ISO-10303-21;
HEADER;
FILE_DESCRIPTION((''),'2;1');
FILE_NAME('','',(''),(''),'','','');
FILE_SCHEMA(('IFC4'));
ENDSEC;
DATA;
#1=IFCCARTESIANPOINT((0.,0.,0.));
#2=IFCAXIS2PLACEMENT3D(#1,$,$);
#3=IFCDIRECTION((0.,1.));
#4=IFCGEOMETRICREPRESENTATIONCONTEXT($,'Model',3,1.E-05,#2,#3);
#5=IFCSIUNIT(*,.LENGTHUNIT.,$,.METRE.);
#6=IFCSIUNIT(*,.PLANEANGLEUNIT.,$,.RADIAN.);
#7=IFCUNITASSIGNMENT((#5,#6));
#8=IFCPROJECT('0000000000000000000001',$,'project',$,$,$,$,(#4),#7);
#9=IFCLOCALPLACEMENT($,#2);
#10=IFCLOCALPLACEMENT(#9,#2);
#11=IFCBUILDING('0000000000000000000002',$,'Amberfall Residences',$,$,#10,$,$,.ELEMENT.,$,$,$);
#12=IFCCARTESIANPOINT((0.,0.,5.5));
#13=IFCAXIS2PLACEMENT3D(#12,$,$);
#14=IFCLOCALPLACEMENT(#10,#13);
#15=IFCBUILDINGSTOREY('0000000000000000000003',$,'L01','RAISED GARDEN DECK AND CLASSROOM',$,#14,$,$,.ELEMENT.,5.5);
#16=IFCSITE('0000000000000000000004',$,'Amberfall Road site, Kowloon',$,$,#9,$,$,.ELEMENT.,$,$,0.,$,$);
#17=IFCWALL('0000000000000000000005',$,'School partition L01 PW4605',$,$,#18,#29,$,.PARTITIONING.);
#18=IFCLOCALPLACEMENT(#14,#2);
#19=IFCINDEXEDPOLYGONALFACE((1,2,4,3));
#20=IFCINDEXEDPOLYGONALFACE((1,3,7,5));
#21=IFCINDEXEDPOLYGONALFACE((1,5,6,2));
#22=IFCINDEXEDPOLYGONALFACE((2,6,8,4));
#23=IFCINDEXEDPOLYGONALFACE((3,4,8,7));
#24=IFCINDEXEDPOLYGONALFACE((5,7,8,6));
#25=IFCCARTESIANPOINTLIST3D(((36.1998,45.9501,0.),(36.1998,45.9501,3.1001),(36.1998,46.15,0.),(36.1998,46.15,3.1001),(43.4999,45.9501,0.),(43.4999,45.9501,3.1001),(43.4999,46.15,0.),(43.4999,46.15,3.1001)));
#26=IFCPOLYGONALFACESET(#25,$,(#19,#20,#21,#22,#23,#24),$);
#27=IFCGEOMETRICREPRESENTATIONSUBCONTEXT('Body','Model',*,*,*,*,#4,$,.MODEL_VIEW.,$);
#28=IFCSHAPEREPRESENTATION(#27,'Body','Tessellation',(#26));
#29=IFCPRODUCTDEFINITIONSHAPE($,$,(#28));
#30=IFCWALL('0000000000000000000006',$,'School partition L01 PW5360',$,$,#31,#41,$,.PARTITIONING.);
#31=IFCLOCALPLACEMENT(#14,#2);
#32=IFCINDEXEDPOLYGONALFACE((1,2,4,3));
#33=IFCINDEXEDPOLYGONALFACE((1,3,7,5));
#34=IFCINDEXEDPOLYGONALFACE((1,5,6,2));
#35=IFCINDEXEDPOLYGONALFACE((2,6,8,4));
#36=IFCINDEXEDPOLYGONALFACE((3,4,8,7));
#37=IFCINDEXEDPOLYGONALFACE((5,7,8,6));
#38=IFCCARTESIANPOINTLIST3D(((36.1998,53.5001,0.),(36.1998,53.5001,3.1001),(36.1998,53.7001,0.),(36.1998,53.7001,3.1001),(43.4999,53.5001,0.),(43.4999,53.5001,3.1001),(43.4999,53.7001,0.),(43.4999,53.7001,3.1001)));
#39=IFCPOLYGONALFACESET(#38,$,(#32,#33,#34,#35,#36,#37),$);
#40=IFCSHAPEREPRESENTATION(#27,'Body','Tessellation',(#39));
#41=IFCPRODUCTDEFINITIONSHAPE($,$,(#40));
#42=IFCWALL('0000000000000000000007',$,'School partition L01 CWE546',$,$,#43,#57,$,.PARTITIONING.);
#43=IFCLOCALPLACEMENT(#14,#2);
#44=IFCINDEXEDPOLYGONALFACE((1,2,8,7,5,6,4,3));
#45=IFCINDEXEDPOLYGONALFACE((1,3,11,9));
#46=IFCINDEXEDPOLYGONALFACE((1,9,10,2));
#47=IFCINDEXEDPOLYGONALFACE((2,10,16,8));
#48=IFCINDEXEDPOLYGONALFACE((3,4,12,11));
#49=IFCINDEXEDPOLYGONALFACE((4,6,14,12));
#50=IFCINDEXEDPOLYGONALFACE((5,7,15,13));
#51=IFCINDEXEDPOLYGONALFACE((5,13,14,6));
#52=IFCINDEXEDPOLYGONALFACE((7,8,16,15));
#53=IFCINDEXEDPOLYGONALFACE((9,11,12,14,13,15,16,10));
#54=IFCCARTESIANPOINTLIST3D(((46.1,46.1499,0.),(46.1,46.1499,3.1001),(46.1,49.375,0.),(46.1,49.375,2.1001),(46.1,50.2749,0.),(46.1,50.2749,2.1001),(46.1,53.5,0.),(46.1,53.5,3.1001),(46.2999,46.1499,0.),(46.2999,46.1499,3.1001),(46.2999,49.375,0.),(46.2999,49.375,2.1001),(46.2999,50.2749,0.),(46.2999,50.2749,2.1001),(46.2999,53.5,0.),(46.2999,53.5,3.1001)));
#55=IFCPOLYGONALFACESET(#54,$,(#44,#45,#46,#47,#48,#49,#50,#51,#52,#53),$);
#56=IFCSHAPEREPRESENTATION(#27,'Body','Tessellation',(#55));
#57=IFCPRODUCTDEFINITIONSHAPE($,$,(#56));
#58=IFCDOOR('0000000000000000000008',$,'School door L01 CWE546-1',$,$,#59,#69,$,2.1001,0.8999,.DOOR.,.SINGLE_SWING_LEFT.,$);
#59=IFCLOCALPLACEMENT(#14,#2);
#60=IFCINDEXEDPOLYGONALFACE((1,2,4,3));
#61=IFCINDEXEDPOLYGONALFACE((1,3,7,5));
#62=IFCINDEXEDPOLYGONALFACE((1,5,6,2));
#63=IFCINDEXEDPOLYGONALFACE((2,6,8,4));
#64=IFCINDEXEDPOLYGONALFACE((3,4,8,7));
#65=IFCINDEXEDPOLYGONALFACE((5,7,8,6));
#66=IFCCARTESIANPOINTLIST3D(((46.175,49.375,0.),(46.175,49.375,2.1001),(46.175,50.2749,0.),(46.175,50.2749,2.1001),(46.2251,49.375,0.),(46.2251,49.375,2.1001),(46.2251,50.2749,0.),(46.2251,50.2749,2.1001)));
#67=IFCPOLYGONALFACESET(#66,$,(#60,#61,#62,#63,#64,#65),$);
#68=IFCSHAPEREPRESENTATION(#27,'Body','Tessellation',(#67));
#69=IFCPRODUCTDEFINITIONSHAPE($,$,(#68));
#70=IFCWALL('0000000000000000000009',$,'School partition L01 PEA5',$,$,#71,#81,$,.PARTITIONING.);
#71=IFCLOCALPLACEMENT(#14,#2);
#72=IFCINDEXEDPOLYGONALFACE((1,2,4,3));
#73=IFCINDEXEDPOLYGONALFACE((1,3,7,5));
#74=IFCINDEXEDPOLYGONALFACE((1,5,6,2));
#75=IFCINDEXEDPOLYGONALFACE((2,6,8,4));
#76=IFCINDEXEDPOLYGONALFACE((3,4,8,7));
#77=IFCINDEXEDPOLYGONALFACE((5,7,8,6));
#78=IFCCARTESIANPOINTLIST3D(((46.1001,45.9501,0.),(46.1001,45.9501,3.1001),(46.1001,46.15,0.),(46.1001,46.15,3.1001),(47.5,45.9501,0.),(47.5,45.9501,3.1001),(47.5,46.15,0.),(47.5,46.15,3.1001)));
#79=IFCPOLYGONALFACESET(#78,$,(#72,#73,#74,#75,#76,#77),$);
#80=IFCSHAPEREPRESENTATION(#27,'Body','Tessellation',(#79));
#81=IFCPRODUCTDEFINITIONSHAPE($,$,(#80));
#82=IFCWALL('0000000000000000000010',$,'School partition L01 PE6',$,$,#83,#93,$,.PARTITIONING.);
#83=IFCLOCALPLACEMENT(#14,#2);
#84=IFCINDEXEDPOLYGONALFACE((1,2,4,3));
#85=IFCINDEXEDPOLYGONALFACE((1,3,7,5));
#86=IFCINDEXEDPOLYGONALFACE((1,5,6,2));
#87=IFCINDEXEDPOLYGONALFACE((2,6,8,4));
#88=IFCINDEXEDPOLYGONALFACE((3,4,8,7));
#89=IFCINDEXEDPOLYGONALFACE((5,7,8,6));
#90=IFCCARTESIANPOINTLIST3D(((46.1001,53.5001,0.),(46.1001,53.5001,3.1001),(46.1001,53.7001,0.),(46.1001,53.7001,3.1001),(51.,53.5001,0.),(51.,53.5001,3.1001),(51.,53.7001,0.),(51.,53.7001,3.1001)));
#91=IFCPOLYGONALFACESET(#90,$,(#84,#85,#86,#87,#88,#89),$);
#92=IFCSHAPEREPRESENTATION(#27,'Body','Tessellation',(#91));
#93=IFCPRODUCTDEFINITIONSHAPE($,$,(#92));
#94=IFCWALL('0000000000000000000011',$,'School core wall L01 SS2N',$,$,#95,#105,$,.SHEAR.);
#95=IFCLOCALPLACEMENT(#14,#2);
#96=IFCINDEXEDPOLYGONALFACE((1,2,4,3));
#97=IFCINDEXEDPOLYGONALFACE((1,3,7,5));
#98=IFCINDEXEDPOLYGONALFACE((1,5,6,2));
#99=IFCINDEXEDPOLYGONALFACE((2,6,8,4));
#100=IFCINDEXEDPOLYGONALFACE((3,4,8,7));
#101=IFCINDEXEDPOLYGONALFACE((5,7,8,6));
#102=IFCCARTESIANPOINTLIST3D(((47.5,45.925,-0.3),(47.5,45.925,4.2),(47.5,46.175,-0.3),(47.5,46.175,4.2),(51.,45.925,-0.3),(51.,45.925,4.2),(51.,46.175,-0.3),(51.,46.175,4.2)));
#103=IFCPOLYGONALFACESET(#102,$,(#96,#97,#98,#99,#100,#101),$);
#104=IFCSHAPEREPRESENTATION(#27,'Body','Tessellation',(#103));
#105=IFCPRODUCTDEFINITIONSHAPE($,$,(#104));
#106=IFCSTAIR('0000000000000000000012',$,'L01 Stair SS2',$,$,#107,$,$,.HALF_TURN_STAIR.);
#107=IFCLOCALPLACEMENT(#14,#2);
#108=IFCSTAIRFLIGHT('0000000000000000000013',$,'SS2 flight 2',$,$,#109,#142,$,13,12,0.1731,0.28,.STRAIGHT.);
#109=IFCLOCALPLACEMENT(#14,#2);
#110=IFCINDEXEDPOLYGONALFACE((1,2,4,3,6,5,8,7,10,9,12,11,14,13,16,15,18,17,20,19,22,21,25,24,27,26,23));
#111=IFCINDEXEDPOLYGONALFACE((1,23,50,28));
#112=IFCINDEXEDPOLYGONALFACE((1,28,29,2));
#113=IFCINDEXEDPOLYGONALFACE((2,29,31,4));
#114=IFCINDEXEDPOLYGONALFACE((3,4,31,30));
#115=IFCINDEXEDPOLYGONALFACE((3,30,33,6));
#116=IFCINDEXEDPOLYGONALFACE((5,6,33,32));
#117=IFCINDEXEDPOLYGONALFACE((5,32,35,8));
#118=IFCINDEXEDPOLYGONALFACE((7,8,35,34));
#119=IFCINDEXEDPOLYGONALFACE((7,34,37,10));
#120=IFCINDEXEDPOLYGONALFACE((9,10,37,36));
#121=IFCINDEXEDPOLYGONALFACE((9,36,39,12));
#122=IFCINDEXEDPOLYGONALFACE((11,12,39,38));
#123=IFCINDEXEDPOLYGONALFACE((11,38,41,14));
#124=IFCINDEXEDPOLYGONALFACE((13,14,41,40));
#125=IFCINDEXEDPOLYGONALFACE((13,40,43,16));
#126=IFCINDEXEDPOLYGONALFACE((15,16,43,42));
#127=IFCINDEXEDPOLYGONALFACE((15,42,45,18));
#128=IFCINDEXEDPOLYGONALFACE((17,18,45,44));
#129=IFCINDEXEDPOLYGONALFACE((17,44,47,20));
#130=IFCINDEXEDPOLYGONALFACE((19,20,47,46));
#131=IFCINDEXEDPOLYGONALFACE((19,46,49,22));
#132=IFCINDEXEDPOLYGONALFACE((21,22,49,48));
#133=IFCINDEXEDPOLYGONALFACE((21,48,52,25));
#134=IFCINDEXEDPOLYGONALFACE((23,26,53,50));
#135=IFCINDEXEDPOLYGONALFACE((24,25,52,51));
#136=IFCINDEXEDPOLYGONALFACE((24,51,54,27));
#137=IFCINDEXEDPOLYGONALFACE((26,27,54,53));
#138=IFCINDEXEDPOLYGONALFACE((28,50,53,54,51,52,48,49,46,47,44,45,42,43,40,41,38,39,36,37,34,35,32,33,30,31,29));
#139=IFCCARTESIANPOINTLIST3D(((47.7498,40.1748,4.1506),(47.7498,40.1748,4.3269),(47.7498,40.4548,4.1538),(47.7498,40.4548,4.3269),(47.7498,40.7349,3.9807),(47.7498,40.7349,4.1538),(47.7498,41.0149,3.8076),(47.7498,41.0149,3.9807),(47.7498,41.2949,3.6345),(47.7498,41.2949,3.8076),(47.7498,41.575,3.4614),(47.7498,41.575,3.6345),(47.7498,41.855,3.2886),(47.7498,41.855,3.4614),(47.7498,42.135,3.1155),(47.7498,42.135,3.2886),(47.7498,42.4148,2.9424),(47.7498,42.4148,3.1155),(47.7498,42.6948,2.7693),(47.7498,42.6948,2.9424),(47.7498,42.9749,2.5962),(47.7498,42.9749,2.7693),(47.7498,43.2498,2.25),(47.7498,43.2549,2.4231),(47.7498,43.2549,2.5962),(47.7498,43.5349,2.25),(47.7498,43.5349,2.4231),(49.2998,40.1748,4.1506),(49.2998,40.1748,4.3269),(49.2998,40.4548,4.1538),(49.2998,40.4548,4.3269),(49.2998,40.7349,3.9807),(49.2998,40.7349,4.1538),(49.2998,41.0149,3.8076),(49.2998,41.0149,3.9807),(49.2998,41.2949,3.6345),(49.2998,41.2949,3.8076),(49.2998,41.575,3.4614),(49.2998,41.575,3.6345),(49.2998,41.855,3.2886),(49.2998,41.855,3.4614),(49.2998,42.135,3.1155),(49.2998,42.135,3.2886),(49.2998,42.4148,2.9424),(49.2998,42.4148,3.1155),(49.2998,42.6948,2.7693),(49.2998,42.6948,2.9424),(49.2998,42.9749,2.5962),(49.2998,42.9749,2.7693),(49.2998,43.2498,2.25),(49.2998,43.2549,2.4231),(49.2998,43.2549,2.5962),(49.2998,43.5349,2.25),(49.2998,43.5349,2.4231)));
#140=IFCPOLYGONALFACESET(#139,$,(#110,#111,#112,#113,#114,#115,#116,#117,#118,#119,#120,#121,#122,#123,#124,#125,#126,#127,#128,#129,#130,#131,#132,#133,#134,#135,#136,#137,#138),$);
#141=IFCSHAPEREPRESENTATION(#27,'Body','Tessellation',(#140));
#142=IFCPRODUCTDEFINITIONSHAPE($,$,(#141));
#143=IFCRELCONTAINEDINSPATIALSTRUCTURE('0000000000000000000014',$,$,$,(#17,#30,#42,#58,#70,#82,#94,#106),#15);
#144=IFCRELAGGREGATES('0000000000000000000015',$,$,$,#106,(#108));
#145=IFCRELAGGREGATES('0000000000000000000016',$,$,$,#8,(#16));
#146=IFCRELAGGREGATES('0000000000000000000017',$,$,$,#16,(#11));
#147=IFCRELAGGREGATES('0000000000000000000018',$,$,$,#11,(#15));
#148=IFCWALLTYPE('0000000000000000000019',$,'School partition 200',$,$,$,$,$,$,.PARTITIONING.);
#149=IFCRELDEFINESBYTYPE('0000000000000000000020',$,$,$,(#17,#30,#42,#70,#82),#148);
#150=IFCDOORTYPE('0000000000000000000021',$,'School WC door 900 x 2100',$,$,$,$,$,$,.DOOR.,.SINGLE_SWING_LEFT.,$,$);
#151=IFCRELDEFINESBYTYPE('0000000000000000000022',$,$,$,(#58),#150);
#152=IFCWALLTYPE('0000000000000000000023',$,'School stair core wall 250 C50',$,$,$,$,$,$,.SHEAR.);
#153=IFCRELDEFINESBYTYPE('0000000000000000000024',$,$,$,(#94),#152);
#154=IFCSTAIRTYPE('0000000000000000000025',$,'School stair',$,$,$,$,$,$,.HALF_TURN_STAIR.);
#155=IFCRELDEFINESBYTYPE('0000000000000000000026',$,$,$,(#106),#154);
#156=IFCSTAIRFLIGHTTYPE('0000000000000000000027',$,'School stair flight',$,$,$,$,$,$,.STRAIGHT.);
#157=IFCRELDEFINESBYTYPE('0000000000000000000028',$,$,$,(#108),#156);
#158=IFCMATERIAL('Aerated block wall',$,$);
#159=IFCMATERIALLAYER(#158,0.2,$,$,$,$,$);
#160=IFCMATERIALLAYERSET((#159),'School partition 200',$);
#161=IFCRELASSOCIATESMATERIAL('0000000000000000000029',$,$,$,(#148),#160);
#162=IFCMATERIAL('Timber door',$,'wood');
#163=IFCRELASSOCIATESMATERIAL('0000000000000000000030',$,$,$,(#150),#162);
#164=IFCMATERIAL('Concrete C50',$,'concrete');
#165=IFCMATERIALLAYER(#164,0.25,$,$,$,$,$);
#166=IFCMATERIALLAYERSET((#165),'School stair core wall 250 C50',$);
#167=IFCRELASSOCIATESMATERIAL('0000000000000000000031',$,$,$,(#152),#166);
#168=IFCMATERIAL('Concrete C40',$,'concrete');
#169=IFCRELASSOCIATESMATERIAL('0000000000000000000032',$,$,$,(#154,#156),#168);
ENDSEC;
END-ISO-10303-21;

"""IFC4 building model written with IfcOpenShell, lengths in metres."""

from ifc_helpers import new_model, si_unit, direction, frame, frame_2d, origin, place, context, subcontext, project, spatial, polyline, rectangle, outline, extrude, material, layer, layer_set, type_object, element, fill, aggregate, save


model = new_model("IFC4")

# Units and contexts
model_context = context("Model", 3, precision=1e-05, world=origin(), true_north=direction((0.0, 1.0)))
body_context = subcontext(model_context, "Body", "Model", "MODEL_VIEW")
ifc_project = project(units=[si_unit("LENGTHUNIT", "METRE"), si_unit("PLANEANGLEUNIT", "RADIAN")], contexts=[model_context])

# Site, building, storey
site_placement = place(None, origin())
site = spatial("IfcSite", under=ifc_project, at=site_placement, Name="Amberfall Road site, Kowloon", CompositionType="ELEMENT", RefElevation=0.0)
building_placement = place(site_placement, origin())
building = spatial("IfcBuilding", under=site, at=building_placement, Name="Amberfall Residences", CompositionType="ELEMENT")
storey_placement = place(building_placement, frame((0.0, 0.0, 5.5)))
storey = spatial("IfcBuildingStorey", under=building, at=storey_placement, Name="L01", Description="RAISED GARDEN DECK AND CLASSROOM", CompositionType="ELEMENT", Elevation=5.5)

# Shared definitions
ifc_material_1 = material(Name="Concrete C50", Category="concrete")

# Shared definitions
ifc_material_2 = material(Name="Concrete C40", Category="concrete")

# Shared definitions
ifc_material_3 = material(Name="Aerated block wall")

# Shared definitions
ifc_layer_1 = layer(ifc_material_3, 0.2)
ifc_layer_set_1 = layer_set([ifc_layer_1], Name="School partition 200")
wall_type_1 = type_object("IfcWallType", Name="School partition 200", PredefinedType="PARTITIONING", material=ifc_layer_set_1)
ifc_material_4 = material(Name="Timber door", Category="wood")

# Walls
for number, where, z_axis, x_axis, name in (
    (1, (36.2, 46.05, 0.0), (0.0, 0.0, 1.0), (1.0, 0.0, 0.0), "School partition L01 PW4605"),
    (2, (36.2, 53.6001, 0.0), (0.0, 0.0, 1.0), (1.0, 0.0, 0.0), "School partition L01 PW5360"),
):
    element("IfcWall", number, at=place(storey_placement, frame(where, z_axis=z_axis, x_axis=x_axis)), inside=storey, type_object=wall_type_1, Name=name, PredefinedType="PARTITIONING", context=body_context, shape_type="SweptSolid", body=[
        extrude(rectangle(XDim=7.3, YDim=0.2, at=frame_2d((3.6499, 0.0))), origin(), (0.0, 0.0, 1.0), 3.1001),
    ])

# Wall, opening, door
wall_1_placement = place(storey_placement, frame((46.2, 46.1499, 0.0), z_axis=(0.0, 0.0, 1.0), x_axis=(0.0, 1.0, 0.0)))
wall_1 = element("IfcWall", 3, at=wall_1_placement, inside=storey, type_object=wall_type_1, Name="School partition L01 CWE546", PredefinedType="PARTITIONING", context=body_context, shape_type="SweptSolid", body=[
    extrude(rectangle(XDim=7.3501, YDim=0.2, at=frame_2d((3.675, 0.0))), origin(), (0.0, 0.0, 1.0), 3.1001),
])
opening_1_placement = place(wall_1_placement, frame((3.2251, 0.0, 0.0)))
opening_1 = element("IfcOpeningElement", 4, at=opening_1_placement, cuts=wall_1, PredefinedType="OPENING", context=body_context, shape_type="SweptSolid", body=[
    extrude(rectangle(XDim=0.8999, YDim=2.1001, at=frame_2d((0.45, 1.05))), frame((0.0, 0.1099, 0.0), z_axis=(0.0, -1.0, 0.0), x_axis=(1.0, 0.0, 0.0)), (0.0, 0.0, 1.0), 0.22),
])
door_type_1 = type_object("IfcDoorType", Name="School WC door 900 x 2100", OperationType="SINGLE_SWING_LEFT", PredefinedType="DOOR", material=ifc_material_4)
door_1_placement = place(opening_1_placement, origin())
door_1 = element("IfcDoor", 5, at=door_1_placement, inside=storey, type_object=door_type_1, Name="School door L01 CWE546-1", OperationType="SINGLE_SWING_LEFT", OverallHeight=2.1001, OverallWidth=0.8999, PredefinedType="DOOR", context=body_context, shape_type="SweptSolid", body=[
    extrude(rectangle(XDim=0.8999, YDim=2.1001, at=frame_2d((0.45, 1.05))), frame((0.0, 0.0249, 0.0), z_axis=(0.0, -1.0, 0.0), x_axis=(1.0, 0.0, 0.0)), (0.0, 0.0, 1.0), 0.05),
])
fill(opening_1, door_1)

# Walls
wall_2_placement = place(storey_placement, frame((46.1001, 46.05, 0.0), z_axis=(0.0, 0.0, 1.0), x_axis=(1.0, 0.0, 0.0)))
element("IfcWall", 6, at=wall_2_placement, inside=storey, type_object=wall_type_1, Name="School partition L01 PEA5", PredefinedType="PARTITIONING", context=body_context, shape_type="SweptSolid", body=[
    extrude(rectangle(XDim=1.3999, YDim=0.2, at=frame_2d((0.7, 0.0))), origin(), (0.0, 0.0, 1.0), 3.1001),
])
wall_3_placement = place(storey_placement, frame((46.1001, 53.6001, 0.0), z_axis=(0.0, 0.0, 1.0), x_axis=(1.0, 0.0, 0.0)))
element("IfcWall", 7, at=wall_3_placement, inside=storey, type_object=wall_type_1, Name="School partition L01 PE6", PredefinedType="PARTITIONING", context=body_context, shape_type="SweptSolid", body=[
    extrude(rectangle(XDim=4.8999, YDim=0.2, at=frame_2d((2.45, 0.0))), origin(), (0.0, 0.0, 1.0), 3.1001),
])
ifc_layer_2 = layer(ifc_material_1, 0.25)
ifc_layer_set_2 = layer_set([ifc_layer_2], Name="School stair core wall 250 C50")
wall_type_2 = type_object("IfcWallType", Name="School stair core wall 250 C50", PredefinedType="SHEAR", material=ifc_layer_set_2)
wall_4_placement = place(storey_placement, frame((47.5, 46.05, -0.3), z_axis=(0.0, 0.0, 1.0), x_axis=(1.0, 0.0, 0.0)))
element("IfcWall", 8, at=wall_4_placement, inside=storey, type_object=wall_type_2, Name="School core wall L01 SS2N", PredefinedType="SHEAR", context=body_context, shape_type="SweptSolid", body=[
    extrude(rectangle(XDim=3.5, YDim=0.25, at=frame_2d((1.75, 0.0))), origin(), (0.0, 0.0, 1.0), 4.5),
])

# Stair, stair flight
stair_type = type_object("IfcStairType", Name="School stair", PredefinedType="HALF_TURN_STAIR", material=ifc_material_2)
stair_placement = place(storey_placement, origin())
stair = element("IfcStair", 9, at=stair_placement, inside=storey, type_object=stair_type, Name="L01 Stair SS2", PredefinedType="HALF_TURN_STAIR")
stair_flight_type = type_object("IfcStairFlightType", Name="School stair flight", PredefinedType="STRAIGHT", material=ifc_material_2)
stair_flight_placement = place(storey_placement, frame((48.5249, 43.5349, 2.25), z_axis=(0.0, 0.0, 1.0), x_axis=(0.0, -1.0, 0.0)))
stair_flight = element("IfcStairFlight", 10, at=stair_flight_placement, type_object=stair_flight_type, Name="SS2 flight 2", NumberOfRisers=13, NumberOfTreads=12, PredefinedType="STRAIGHT", RiserHeight=0.1731, TreadLength=0.28, context=body_context, shape_type="SweptSolid", body=[
    extrude(outline(polyline([(0.0, 0.0), (0.0, 0.1731), (0.28, 0.1731), (0.28, 0.3462), (0.5601, 0.3462), (0.5601, 0.5193), (0.8401, 0.5193), (0.8401, 0.6924), (1.1201, 0.6924), (1.1201, 0.8655), (1.3999, 0.8655), (1.3999, 1.0386), (1.6799, 1.0386), (1.6799, 1.2114), (1.96, 1.2114), (1.96, 1.3845), (2.24, 1.3845), (2.24, 1.5576), (2.52, 1.5576), (2.52, 1.7307), (2.8, 1.7307), (2.8, 1.9038), (3.0801, 1.9038), (3.0801, 2.0769), (3.3601, 2.0769), (3.3601, 2.25), (3.3601, 1.9006), (0.2852, 0.0), (0.0, 0.0)])), frame((0.0, 0.7749, 0.0), z_axis=(0.0, -1.0, 0.0), x_axis=(1.0, 0.0, 0.0)), (0.0, 0.0, 1.0), 1.55),
])
aggregate(stair, [stair_flight])

save(model, "model.ifc")
